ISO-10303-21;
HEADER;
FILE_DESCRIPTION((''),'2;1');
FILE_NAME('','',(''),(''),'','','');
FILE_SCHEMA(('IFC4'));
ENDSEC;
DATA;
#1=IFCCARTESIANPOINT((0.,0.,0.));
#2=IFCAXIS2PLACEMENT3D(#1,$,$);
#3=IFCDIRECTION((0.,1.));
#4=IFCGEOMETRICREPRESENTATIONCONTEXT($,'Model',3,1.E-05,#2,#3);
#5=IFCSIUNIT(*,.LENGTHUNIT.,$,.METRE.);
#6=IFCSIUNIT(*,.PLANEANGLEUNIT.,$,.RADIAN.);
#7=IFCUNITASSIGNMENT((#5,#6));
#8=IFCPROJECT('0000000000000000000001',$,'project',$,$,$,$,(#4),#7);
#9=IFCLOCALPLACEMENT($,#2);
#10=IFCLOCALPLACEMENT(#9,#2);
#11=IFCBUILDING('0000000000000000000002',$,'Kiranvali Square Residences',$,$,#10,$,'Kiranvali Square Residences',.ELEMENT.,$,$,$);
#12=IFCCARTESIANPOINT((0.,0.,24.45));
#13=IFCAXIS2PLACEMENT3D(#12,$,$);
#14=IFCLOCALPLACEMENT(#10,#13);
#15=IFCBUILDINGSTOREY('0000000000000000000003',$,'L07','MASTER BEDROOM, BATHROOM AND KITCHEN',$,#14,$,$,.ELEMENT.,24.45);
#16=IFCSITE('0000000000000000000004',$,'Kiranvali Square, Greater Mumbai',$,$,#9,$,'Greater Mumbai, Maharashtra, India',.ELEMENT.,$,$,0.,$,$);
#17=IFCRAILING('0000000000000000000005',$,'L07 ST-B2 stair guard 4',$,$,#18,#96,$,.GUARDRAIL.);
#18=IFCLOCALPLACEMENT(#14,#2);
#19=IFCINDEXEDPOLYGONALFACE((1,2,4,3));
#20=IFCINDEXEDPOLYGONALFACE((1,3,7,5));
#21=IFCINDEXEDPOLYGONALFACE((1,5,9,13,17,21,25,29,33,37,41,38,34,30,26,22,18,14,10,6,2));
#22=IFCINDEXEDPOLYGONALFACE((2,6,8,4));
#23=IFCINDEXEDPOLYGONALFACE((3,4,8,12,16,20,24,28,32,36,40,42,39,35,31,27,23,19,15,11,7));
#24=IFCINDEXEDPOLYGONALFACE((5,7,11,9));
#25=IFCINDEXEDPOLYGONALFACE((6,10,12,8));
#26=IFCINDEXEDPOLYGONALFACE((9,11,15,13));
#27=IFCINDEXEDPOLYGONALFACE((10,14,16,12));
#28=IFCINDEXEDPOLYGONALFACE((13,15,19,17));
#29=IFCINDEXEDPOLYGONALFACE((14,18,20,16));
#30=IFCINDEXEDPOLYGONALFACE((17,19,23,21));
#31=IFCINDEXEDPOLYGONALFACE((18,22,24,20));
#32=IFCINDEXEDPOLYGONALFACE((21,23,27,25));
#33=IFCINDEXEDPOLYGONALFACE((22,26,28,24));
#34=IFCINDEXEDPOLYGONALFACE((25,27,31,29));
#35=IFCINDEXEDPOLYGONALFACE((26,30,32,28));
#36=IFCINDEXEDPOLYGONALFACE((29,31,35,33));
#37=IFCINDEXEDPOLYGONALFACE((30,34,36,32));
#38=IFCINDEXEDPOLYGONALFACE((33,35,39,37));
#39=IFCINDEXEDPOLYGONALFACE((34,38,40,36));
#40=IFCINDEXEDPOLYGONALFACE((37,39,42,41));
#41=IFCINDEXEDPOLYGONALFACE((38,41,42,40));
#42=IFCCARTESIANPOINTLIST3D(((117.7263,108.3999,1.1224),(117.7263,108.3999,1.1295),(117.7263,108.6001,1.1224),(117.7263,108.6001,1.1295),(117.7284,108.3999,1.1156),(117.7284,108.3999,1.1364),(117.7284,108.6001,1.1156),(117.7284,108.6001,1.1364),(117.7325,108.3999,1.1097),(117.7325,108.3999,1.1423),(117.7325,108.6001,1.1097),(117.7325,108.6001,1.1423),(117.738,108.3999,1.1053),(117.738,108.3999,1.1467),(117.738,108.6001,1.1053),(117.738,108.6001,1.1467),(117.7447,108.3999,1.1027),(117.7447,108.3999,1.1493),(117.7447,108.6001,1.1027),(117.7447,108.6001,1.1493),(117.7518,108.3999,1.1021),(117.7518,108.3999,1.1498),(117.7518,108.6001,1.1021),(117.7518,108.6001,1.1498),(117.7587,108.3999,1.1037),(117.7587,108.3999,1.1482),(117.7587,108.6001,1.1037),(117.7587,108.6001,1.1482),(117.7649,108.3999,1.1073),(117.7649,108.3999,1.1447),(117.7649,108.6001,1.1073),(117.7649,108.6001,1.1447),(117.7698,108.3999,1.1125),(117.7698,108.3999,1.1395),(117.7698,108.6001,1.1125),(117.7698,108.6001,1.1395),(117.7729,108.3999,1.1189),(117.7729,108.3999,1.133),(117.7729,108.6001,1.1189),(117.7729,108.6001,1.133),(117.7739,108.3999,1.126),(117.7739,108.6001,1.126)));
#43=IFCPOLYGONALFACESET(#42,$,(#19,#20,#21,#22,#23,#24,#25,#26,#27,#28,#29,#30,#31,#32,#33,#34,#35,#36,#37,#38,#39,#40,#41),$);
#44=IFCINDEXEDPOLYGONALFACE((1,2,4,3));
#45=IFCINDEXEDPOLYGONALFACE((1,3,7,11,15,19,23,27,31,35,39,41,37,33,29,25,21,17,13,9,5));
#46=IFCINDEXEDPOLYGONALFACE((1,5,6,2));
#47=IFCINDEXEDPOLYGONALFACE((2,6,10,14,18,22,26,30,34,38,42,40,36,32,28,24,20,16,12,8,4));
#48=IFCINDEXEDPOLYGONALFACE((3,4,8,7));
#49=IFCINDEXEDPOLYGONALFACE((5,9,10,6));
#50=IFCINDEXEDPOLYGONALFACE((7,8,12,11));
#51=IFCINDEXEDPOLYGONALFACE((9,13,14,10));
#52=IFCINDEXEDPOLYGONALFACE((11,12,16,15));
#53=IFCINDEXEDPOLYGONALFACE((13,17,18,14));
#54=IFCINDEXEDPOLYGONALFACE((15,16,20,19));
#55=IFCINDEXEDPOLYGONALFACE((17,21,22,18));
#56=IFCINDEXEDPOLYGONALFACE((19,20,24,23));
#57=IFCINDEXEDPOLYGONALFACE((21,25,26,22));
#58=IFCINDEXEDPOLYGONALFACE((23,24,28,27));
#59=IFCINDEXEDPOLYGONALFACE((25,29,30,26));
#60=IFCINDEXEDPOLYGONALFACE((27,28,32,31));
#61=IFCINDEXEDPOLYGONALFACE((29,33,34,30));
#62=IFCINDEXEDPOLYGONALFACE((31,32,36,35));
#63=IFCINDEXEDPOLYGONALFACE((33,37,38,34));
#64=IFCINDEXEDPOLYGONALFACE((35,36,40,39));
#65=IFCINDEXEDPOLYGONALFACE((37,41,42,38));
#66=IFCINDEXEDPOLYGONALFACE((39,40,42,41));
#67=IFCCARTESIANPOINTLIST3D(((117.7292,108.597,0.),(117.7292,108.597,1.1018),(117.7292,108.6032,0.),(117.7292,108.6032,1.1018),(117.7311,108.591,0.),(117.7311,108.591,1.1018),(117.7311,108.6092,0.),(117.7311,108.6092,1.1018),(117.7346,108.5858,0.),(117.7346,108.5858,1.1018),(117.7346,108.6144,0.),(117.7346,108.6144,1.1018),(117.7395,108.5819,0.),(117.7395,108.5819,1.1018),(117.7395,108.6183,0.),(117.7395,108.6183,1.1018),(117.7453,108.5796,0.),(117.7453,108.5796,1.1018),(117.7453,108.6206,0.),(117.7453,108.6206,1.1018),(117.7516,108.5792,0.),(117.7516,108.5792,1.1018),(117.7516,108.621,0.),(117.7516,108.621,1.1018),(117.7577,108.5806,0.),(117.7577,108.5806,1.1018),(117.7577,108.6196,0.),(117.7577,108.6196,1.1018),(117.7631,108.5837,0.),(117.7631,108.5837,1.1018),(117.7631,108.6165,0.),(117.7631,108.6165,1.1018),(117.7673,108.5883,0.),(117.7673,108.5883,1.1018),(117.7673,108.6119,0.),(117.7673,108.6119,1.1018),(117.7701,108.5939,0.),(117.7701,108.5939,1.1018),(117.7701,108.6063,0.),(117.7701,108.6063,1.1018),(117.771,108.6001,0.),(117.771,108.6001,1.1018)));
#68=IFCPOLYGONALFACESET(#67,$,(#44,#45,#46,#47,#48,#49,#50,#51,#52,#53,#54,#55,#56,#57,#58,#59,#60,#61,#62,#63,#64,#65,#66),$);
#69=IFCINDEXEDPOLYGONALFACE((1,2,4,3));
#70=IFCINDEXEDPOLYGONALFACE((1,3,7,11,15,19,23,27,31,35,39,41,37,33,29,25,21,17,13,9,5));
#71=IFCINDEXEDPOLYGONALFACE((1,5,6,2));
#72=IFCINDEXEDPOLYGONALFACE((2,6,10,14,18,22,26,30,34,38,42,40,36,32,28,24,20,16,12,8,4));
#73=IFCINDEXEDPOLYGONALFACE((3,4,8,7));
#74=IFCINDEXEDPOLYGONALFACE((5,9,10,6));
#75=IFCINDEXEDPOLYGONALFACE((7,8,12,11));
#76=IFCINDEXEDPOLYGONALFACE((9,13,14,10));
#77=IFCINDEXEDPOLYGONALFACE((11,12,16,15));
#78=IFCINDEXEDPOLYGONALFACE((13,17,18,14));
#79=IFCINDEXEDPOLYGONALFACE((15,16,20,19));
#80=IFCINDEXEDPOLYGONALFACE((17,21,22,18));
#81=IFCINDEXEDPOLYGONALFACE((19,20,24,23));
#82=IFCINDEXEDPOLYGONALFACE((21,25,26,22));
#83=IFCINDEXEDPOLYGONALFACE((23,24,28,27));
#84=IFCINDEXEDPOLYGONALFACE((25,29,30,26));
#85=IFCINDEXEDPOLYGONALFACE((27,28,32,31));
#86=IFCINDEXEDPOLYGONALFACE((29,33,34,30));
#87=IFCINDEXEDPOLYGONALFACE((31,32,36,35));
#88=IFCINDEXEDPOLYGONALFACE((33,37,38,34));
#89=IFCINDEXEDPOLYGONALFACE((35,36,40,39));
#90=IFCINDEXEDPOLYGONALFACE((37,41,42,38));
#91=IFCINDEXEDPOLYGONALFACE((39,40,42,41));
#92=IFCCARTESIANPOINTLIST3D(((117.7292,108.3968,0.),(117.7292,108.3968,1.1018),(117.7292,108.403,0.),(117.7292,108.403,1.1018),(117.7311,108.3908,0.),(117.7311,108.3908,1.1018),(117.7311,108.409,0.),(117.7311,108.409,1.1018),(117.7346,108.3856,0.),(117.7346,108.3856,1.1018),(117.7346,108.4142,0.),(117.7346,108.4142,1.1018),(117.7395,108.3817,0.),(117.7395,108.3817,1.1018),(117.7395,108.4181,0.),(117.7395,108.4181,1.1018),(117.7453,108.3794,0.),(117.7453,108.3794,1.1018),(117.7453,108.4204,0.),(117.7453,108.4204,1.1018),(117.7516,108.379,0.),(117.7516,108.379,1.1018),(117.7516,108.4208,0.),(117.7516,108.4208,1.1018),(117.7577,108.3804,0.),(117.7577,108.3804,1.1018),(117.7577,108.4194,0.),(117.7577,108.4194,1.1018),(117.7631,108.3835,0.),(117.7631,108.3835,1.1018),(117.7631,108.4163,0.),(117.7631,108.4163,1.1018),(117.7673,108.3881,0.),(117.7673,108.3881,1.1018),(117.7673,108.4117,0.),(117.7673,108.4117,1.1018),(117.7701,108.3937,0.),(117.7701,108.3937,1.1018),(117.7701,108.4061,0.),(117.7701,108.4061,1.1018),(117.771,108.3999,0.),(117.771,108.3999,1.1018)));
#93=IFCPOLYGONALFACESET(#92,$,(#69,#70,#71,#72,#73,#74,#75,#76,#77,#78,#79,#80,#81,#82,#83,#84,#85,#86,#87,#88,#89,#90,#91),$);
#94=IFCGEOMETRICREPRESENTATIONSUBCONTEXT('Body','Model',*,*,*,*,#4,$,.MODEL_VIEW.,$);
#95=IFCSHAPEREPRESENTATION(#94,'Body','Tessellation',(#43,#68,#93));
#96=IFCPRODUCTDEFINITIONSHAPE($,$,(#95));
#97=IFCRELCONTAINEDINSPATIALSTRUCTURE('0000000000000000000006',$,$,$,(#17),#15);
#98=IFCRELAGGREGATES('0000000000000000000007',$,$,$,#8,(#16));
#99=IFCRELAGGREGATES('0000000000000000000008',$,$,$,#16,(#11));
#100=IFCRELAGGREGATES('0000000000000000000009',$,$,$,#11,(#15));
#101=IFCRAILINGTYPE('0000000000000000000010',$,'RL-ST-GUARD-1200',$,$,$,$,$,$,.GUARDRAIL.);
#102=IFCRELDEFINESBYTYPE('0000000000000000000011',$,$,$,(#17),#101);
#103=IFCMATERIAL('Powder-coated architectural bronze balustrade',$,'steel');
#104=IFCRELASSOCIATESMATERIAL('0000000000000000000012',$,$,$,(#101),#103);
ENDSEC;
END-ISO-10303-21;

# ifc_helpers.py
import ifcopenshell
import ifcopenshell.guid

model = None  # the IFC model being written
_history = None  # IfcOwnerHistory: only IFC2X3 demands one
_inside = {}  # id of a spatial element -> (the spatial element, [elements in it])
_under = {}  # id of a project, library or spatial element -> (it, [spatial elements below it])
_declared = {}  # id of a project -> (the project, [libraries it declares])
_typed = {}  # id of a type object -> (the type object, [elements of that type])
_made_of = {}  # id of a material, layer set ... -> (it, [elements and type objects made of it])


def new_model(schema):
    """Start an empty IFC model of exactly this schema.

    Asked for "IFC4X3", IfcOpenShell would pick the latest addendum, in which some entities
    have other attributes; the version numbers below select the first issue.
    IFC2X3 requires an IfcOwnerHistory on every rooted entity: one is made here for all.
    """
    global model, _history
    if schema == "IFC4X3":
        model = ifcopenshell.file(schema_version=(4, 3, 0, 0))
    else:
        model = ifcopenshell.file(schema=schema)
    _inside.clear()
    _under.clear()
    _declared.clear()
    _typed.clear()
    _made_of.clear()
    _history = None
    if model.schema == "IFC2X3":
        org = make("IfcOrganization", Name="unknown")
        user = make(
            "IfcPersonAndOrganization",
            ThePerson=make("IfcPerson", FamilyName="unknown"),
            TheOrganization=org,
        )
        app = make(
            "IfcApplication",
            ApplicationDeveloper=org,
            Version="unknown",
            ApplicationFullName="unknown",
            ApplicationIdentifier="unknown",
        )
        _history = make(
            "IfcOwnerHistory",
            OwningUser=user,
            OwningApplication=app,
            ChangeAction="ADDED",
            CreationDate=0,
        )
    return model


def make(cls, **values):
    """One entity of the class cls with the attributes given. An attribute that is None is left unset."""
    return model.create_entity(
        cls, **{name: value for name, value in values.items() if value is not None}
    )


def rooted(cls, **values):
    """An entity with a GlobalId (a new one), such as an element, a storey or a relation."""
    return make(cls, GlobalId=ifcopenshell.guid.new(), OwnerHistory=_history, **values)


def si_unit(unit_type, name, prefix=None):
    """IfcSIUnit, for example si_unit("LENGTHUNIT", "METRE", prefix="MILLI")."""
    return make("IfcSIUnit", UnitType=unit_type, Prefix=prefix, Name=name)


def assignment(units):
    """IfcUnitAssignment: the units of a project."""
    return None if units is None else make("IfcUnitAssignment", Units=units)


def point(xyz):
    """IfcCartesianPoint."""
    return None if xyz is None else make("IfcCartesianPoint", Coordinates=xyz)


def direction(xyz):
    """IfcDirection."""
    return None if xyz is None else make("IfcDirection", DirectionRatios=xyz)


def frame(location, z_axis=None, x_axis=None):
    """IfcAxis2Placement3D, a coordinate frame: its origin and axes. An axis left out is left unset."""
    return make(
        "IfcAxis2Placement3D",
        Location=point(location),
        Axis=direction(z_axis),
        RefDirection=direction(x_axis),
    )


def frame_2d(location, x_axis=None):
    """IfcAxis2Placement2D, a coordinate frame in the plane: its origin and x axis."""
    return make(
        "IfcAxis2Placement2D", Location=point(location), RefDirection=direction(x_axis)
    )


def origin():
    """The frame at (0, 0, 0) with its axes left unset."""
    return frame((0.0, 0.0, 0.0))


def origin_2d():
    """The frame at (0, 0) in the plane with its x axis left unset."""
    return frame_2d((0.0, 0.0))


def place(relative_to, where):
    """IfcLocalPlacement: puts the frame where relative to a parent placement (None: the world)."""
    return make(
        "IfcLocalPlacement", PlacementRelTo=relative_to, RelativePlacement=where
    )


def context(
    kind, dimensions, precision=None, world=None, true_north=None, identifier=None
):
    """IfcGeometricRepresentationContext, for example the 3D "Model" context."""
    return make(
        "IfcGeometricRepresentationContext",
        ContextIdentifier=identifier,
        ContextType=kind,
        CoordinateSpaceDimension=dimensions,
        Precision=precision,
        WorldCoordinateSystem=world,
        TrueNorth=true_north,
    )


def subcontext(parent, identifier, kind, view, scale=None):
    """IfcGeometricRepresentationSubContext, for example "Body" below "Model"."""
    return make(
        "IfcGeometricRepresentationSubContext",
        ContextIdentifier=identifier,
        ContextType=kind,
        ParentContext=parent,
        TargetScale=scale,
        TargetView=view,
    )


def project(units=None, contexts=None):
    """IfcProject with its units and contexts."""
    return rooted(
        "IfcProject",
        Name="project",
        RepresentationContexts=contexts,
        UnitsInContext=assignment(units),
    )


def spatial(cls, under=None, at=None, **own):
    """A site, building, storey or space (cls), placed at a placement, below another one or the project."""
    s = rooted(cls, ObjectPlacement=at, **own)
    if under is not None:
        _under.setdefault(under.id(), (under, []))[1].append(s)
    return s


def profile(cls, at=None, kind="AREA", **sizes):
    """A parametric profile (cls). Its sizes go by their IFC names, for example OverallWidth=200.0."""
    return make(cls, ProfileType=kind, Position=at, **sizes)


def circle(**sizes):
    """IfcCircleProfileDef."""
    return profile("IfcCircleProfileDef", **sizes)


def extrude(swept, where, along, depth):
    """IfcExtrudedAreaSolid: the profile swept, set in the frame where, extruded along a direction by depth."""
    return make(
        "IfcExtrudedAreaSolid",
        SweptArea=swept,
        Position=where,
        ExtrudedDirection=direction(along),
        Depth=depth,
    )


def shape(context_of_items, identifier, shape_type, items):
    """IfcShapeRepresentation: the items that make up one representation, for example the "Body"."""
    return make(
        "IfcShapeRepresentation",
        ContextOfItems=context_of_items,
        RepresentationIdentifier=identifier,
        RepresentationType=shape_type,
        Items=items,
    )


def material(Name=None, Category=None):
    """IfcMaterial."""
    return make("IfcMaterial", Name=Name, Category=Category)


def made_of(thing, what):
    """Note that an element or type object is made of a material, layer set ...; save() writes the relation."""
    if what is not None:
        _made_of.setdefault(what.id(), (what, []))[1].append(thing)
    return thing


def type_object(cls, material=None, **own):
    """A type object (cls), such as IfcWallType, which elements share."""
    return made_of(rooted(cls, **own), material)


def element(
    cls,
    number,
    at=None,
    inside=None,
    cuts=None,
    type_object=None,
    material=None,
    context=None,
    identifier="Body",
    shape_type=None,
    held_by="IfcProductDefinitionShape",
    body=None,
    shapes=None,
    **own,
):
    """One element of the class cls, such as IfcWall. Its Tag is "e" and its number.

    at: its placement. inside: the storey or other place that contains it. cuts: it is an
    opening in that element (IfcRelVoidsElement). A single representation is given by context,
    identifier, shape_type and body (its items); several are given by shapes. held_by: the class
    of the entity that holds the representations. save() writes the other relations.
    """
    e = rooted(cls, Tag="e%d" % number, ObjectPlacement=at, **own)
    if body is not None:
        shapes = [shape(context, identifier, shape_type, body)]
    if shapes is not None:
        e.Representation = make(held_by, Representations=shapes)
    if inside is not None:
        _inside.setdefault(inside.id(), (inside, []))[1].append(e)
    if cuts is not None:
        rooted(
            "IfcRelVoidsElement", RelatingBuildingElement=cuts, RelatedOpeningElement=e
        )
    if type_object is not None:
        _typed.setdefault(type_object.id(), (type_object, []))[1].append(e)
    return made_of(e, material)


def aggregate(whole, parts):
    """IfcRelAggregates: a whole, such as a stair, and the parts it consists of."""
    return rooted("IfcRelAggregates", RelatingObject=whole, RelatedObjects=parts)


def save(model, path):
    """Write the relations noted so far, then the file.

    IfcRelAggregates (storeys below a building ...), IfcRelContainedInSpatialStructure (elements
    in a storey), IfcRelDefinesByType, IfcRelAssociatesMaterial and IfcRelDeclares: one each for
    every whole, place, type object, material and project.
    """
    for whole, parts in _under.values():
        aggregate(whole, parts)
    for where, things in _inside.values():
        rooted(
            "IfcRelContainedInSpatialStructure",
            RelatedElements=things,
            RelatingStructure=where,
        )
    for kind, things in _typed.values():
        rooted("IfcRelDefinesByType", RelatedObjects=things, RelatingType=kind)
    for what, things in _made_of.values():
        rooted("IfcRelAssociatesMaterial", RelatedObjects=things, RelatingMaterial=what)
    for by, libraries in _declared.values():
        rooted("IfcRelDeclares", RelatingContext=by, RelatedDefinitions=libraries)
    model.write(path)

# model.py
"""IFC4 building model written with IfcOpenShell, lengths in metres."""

from ifc_helpers import new_model, si_unit, direction, frame, origin, origin_2d, place, context, subcontext, project, spatial, circle, extrude, material, type_object, element, save


model = new_model("IFC4")

# Units and contexts
model_context = context("Model", 3, precision=1e-05, world=origin(), true_north=direction((0.0, 1.0)))
body_context = subcontext(model_context, "Body", "Model", "MODEL_VIEW")
ifc_project = project(units=[si_unit("LENGTHUNIT", "METRE"), si_unit("PLANEANGLEUNIT", "RADIAN")], contexts=[model_context])

# Site, building, storey
site_placement = place(None, origin())
site = spatial("IfcSite", under=ifc_project, at=site_placement, Name="Kiranvali Square, Greater Mumbai", LongName="Greater Mumbai, Maharashtra, India", CompositionType="ELEMENT", RefElevation=0.0)
building_placement = place(site_placement, origin())
building = spatial("IfcBuilding", under=site, at=building_placement, Name="Kiranvali Square Residences", LongName="Kiranvali Square Residences", CompositionType="ELEMENT")
storey_placement = place(building_placement, frame((0.0, 0.0, 24.45)))
storey = spatial("IfcBuildingStorey", under=building, at=storey_placement, Name="L07", Description="MASTER BEDROOM, BATHROOM AND KITCHEN", CompositionType="ELEMENT", Elevation=24.45)

# Railing
ifc_material_1 = material(Name="Powder-coated architectural bronze balustrade", Category="steel")
railing_type_1 = type_object("IfcRailingType", Name="RL-ST-GUARD-1200", PredefinedType="GUARDRAIL", material=ifc_material_1)
railing_1_placement = place(storey_placement, frame((117.75, 108.6001, 0.0)))
element("IfcRailing", 1, at=railing_1_placement, inside=storey, type_object=railing_type_1, Name="L07 ST-B2 stair guard 4", PredefinedType="GUARDRAIL", context=body_context, shape_type="SweptSolid", body=[
    extrude(circle(Radius=0.0239, at=origin_2d()), frame((0.0, 0.0, 1.126), z_axis=(0.0, -1.0, 0.0), x_axis=(1.0, 0.0, 0.0)), (0.0, 0.0, 1.0), 0.2002),
    extrude(circle(Radius=0.021, at=origin_2d()), origin(), (0.0, 0.0, 1.0), 1.1018),
    extrude(circle(Radius=0.021, at=origin_2d()), frame((0.0, -0.2002, 0.0)), (0.0, 0.0, 1.0), 1.1018),
])

save(model, "model.ifc")
